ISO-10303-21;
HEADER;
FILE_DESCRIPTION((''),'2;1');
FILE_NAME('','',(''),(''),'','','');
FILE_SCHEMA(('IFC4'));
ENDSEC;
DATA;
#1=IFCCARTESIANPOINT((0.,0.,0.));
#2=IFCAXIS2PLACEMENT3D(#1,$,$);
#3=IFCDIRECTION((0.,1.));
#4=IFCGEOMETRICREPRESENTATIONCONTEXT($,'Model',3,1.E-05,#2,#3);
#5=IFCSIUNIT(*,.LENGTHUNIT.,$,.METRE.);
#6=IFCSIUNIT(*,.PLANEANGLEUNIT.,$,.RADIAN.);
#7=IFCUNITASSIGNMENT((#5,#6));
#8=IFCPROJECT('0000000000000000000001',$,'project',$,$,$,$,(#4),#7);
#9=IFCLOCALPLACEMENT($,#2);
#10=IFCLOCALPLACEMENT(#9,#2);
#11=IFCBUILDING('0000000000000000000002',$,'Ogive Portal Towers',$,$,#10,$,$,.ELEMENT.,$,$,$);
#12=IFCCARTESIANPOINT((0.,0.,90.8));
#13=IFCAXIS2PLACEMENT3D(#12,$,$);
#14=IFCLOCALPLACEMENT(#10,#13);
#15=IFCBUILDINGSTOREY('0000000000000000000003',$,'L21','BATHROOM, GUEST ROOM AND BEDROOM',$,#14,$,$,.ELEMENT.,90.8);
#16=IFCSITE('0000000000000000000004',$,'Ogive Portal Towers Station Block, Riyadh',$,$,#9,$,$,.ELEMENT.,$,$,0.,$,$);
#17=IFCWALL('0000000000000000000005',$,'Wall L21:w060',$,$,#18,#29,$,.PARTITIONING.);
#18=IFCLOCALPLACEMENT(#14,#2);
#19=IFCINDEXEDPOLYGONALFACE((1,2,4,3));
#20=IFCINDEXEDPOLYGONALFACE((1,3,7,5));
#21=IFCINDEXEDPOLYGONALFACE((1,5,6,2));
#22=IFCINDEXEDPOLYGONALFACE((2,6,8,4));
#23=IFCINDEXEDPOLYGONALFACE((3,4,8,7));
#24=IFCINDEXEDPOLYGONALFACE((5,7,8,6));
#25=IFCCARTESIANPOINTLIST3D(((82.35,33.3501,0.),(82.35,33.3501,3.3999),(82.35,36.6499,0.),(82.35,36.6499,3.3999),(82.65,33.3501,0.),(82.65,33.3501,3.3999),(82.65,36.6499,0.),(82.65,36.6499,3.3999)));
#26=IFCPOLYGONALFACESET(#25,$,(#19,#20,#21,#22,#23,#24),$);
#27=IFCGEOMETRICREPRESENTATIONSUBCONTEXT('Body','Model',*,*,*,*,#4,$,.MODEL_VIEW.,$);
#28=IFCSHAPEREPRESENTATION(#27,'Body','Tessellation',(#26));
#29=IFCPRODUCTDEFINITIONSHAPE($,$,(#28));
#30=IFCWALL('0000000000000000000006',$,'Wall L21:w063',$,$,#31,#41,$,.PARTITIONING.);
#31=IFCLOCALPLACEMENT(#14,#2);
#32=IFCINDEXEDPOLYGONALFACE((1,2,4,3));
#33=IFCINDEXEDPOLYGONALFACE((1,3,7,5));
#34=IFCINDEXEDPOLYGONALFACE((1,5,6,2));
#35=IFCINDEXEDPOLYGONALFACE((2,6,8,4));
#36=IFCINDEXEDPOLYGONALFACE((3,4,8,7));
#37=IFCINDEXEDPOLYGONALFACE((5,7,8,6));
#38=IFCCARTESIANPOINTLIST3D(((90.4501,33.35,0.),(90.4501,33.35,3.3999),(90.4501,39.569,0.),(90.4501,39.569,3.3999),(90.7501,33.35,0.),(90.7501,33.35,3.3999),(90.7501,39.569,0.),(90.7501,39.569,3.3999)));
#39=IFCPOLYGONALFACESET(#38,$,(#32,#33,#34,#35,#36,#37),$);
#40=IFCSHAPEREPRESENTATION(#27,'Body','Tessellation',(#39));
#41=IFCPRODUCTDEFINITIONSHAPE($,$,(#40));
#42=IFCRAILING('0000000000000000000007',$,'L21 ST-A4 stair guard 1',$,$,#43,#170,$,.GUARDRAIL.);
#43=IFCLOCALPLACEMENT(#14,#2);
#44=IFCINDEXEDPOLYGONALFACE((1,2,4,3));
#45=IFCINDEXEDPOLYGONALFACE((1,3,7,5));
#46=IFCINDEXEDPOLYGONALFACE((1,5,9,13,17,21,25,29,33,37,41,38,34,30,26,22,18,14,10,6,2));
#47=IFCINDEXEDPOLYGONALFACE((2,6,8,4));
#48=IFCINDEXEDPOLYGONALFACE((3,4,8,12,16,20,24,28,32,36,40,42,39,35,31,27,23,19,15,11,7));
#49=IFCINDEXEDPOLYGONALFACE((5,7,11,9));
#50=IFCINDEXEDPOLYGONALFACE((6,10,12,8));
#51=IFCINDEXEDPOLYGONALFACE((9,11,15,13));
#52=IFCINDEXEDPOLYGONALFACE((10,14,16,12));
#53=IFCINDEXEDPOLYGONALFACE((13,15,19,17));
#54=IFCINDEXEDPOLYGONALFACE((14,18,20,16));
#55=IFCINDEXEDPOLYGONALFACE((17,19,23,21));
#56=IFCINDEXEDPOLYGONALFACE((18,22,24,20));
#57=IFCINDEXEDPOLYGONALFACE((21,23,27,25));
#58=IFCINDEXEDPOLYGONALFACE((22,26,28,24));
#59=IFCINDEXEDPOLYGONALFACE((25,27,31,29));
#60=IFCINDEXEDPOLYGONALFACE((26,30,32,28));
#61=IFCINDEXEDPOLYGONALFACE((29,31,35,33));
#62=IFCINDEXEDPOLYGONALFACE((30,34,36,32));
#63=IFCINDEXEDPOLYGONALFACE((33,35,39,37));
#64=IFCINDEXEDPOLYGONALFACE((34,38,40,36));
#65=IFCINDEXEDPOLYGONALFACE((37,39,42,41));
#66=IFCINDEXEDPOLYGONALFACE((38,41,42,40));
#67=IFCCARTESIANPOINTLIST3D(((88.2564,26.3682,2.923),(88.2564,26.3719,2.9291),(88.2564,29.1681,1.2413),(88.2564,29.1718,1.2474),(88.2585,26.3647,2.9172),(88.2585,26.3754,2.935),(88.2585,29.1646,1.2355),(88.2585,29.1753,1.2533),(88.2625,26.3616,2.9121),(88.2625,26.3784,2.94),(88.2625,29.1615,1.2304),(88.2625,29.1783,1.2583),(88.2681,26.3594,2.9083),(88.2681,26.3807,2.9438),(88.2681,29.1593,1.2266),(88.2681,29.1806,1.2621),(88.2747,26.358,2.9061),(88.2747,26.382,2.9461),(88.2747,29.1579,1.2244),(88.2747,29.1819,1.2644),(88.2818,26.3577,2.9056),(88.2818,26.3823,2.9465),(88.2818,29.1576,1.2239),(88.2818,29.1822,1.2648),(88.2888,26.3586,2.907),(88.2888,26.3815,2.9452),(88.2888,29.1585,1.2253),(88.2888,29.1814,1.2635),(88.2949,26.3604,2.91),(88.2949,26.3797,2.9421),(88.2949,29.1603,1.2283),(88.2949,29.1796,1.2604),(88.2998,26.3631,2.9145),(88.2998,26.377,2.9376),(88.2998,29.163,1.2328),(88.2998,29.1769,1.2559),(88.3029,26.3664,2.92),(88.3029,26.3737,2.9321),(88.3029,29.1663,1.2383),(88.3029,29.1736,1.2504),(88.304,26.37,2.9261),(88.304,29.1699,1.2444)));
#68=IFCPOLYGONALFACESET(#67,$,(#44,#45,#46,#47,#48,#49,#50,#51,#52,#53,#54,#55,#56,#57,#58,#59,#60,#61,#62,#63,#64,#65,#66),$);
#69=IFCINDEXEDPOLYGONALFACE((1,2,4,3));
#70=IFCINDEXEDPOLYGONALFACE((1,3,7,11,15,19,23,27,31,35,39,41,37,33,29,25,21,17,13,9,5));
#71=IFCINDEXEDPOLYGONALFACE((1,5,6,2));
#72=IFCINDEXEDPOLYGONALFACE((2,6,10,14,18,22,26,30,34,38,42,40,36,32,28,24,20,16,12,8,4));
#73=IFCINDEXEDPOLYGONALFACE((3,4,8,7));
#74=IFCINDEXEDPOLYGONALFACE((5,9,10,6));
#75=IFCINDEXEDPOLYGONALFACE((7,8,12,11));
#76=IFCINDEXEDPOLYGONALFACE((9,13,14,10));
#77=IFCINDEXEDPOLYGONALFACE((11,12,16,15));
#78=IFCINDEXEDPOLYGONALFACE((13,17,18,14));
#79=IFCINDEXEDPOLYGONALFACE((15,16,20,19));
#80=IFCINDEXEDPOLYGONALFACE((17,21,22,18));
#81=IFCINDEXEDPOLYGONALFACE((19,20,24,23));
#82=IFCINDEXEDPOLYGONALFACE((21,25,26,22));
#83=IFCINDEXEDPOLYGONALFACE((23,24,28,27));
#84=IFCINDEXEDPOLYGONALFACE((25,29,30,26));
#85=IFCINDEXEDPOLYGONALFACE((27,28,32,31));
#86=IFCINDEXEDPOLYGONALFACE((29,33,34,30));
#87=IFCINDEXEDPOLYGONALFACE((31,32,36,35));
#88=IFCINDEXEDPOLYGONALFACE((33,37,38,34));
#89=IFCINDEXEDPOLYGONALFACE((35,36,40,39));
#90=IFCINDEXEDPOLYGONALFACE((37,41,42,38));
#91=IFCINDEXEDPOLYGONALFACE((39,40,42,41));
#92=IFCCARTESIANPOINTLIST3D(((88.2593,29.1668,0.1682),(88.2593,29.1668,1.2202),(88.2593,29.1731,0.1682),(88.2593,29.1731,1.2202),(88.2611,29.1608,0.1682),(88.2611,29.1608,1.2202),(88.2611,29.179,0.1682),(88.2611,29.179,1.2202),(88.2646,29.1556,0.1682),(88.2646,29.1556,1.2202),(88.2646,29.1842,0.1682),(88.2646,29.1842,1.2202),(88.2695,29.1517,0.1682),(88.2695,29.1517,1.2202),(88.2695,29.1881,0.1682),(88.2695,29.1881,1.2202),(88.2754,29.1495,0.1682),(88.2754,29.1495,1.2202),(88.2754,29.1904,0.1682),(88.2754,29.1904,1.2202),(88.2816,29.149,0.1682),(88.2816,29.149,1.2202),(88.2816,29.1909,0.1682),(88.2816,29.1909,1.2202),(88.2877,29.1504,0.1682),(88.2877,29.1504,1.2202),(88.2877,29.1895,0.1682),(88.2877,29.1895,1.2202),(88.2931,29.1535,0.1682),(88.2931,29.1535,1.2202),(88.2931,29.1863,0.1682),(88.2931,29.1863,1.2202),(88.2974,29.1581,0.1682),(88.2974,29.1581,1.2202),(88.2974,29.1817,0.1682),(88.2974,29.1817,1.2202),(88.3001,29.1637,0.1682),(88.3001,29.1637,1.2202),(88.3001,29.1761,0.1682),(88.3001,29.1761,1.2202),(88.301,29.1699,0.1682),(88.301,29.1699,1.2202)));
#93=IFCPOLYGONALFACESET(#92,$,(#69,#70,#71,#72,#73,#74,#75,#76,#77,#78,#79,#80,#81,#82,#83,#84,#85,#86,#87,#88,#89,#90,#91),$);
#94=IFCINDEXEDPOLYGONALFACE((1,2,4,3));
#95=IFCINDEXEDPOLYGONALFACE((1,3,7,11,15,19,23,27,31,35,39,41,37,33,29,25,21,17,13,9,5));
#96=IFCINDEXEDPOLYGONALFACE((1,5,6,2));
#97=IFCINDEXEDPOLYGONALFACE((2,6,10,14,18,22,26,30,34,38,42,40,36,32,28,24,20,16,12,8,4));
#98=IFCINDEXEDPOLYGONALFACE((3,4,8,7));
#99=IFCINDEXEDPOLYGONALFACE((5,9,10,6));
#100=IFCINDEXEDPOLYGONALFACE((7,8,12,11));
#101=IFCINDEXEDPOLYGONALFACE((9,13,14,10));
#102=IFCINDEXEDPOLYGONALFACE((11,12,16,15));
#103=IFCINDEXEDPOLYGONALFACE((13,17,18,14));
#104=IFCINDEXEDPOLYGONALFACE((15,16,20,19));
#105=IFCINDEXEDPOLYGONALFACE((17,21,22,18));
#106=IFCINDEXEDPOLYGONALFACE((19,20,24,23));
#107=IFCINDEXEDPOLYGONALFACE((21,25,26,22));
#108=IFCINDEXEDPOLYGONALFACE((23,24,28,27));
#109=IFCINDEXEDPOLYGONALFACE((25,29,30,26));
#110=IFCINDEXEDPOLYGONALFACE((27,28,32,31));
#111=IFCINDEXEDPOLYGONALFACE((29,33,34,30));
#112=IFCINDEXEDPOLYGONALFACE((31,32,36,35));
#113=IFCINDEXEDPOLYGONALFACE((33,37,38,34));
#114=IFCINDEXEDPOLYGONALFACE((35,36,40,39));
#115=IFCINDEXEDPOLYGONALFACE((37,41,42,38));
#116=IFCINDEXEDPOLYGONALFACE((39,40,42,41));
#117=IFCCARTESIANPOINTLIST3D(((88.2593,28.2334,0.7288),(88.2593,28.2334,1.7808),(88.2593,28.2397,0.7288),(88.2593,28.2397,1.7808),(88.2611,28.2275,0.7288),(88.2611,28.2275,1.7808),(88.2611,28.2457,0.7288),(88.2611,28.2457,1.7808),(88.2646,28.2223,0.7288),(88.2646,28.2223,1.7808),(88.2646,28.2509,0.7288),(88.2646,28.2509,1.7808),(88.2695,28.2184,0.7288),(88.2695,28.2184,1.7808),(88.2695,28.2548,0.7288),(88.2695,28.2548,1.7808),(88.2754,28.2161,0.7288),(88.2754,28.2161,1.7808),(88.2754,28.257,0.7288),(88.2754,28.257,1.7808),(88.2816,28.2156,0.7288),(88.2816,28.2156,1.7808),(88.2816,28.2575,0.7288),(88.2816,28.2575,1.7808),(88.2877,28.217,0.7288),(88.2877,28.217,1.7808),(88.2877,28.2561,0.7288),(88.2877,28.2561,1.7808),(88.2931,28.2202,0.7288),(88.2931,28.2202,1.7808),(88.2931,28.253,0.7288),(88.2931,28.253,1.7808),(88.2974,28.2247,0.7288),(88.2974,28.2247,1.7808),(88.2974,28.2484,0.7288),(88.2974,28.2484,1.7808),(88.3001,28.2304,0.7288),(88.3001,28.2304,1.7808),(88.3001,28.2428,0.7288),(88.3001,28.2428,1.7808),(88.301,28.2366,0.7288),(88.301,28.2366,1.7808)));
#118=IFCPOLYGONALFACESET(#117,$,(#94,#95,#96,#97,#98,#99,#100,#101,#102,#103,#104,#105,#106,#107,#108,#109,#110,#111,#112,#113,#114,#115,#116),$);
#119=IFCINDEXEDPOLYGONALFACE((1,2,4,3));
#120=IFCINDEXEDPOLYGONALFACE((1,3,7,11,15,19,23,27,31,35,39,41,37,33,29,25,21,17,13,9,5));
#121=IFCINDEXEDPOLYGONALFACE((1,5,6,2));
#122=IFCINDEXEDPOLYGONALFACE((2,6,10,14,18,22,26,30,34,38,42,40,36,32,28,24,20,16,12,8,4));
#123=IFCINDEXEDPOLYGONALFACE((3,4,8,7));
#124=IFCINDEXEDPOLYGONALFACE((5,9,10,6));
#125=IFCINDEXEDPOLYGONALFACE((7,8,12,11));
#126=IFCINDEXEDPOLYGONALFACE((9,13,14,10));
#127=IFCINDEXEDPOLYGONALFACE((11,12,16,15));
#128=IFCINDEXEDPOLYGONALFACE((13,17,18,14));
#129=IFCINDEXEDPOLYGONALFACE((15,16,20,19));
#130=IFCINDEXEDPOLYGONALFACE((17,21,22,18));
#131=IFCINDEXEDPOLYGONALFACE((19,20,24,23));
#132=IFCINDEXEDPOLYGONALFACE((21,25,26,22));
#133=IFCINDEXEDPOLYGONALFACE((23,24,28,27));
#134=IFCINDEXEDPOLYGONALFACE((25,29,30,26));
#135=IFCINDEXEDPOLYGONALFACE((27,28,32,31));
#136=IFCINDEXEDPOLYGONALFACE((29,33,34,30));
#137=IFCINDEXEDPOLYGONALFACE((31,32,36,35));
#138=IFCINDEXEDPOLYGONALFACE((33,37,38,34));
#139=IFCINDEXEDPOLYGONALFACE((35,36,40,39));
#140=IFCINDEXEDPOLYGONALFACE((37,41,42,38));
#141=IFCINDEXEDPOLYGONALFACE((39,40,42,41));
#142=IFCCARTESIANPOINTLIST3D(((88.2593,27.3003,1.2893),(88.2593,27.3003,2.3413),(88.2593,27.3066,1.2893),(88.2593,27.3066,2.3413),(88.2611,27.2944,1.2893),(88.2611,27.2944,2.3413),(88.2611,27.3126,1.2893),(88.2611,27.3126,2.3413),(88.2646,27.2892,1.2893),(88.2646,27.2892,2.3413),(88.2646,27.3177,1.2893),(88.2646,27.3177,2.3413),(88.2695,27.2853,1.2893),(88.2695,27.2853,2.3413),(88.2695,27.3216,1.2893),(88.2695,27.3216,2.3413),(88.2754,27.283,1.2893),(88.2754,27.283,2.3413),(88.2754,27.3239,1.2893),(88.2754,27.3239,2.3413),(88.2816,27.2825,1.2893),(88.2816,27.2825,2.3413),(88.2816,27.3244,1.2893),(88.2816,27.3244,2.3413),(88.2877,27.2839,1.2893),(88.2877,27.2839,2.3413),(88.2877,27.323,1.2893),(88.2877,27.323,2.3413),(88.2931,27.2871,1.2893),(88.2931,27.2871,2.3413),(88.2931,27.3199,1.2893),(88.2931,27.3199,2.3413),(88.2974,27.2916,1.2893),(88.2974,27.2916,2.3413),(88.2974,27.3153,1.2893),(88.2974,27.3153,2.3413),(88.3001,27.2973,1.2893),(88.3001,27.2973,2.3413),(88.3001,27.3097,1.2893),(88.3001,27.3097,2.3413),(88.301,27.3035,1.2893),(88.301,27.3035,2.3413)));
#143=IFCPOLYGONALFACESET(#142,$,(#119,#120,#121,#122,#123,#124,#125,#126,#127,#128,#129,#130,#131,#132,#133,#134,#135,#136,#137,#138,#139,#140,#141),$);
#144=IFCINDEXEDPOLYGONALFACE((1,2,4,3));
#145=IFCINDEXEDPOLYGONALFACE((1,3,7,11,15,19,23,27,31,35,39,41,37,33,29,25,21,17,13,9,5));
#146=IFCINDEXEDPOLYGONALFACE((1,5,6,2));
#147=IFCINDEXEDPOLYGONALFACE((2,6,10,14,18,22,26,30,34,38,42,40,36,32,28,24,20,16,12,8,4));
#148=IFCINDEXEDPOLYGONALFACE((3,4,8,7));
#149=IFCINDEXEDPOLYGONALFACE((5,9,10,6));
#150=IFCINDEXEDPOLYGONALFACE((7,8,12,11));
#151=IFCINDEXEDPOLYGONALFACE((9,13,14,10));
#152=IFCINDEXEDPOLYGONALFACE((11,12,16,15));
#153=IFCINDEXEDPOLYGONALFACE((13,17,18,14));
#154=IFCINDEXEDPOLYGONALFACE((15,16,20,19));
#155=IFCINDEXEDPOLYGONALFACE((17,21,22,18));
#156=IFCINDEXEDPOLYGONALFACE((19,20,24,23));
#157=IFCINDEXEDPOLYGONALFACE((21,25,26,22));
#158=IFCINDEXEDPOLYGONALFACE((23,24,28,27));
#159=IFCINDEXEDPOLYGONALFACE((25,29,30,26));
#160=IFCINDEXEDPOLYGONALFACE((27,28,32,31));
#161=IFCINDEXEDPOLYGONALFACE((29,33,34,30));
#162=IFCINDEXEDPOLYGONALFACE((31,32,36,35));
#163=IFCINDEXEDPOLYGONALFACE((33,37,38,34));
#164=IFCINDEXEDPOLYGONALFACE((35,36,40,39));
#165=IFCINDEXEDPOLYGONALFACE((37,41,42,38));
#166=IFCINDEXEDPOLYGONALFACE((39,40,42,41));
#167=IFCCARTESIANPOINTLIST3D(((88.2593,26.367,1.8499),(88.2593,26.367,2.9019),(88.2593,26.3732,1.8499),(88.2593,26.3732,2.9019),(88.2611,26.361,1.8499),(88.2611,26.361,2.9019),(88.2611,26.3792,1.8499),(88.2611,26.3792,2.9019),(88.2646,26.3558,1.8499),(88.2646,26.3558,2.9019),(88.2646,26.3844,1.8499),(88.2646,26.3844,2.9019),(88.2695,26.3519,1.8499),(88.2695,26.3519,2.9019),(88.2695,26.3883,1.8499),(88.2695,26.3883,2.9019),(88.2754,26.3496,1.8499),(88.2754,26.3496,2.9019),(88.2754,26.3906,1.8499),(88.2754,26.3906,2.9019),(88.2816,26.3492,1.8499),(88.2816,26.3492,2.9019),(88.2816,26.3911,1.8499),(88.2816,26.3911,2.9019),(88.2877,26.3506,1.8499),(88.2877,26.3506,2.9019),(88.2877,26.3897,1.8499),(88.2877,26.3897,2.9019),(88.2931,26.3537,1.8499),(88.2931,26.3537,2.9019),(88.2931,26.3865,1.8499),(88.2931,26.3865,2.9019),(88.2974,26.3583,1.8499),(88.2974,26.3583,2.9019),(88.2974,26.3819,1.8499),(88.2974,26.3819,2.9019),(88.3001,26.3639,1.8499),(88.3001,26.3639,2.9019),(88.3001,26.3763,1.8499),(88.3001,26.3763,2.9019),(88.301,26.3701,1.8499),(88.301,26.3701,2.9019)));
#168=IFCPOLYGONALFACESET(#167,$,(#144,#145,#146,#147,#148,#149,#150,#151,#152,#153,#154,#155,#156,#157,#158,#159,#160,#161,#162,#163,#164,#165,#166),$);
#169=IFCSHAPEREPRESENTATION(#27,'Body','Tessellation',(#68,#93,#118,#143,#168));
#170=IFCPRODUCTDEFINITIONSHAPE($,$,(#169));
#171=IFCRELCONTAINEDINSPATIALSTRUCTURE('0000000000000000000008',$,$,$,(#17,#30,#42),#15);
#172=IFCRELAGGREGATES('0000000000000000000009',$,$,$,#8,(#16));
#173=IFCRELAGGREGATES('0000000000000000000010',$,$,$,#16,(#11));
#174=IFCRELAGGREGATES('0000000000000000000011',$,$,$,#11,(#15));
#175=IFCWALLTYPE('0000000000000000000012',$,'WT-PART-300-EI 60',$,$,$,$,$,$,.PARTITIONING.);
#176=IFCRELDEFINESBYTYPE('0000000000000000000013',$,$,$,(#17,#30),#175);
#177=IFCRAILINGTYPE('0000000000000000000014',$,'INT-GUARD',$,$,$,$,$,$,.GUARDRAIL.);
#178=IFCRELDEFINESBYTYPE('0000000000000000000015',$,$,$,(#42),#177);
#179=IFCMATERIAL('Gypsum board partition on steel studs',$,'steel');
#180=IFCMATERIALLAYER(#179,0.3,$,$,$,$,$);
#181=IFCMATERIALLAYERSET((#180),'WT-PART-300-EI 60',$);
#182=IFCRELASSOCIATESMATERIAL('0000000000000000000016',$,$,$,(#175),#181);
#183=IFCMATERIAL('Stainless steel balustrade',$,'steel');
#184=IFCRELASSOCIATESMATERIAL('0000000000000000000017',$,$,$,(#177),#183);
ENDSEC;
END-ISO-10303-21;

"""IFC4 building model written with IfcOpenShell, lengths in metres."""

from ifc_helpers import new_model, si_unit, direction, frame, frame_2d, origin, origin_2d, place, context, subcontext, project, spatial, rectangle, circle, extrude, material, layer, layer_set, type_object, element, save


model = new_model("IFC4")

# Units and contexts
model_context = context("Model", 3, precision=1e-05, world=origin(), true_north=direction((0.0, 1.0)))
body_context = subcontext(model_context, "Body", "Model", "MODEL_VIEW")
ifc_project = project(units=[si_unit("LENGTHUNIT", "METRE"), si_unit("PLANEANGLEUNIT", "RADIAN")], contexts=[model_context])

# Site, building, storey
site_placement = place(None, origin())
site = spatial("IfcSite", under=ifc_project, at=site_placement, Name="Ogive Portal Towers Station Block, Riyadh", CompositionType="ELEMENT", RefElevation=0.0)
building_placement = place(site_placement, origin())
building = spatial("IfcBuilding", under=site, at=building_placement, Name="Ogive Portal Towers", CompositionType="ELEMENT")
storey_placement = place(building_placement, frame((0.0, 0.0, 90.8)))
storey = spatial("IfcBuildingStorey", under=building, at=storey_placement, Name="L21", Description="BATHROOM, GUEST ROOM AND BEDROOM", CompositionType="ELEMENT", Elevation=90.8)

# Shared definitions
ifc_material_1 = material(Name="Gypsum board partition on steel studs", Category="steel")

# Walls
ifc_layer_1 = layer(ifc_material_1, 0.3)
ifc_layer_set_1 = layer_set([ifc_layer_1], Name="WT-PART-300-EI 60")
wall_type_1 = type_object("IfcWallType", Name="WT-PART-300-EI 60", PredefinedType="PARTITIONING", material=ifc_layer_set_1)
wall_1_placement = place(storey_placement, frame((82.5, 33.3501, 0.0), z_axis=(0.0, 0.0, 1.0), x_axis=(0.0, 1.0, 0.0)))
element("IfcWall", 1, at=wall_1_placement, inside=storey, type_object=wall_type_1, Name="Wall L21:w060", PredefinedType="PARTITIONING", context=body_context, shape_type="SweptSolid", body=[
    extrude(rectangle(XDim=3.2998, YDim=0.3, at=frame_2d((1.6499, 0.0))), origin(), (0.0, 0.0, 1.0), 3.3999),
])
wall_2_placement = place(storey_placement, frame((90.6001, 33.3501, 0.0), z_axis=(0.0, 0.0, 1.0), x_axis=(0.0, 1.0, 0.0)))
element("IfcWall", 2, at=wall_2_placement, inside=storey, type_object=wall_type_1, Name="Wall L21:w063", PredefinedType="PARTITIONING", context=body_context, shape_type="SweptSolid", body=[
    extrude(rectangle(XDim=6.219, YDim=0.3, at=frame_2d((3.1094, 0.0))), origin(), (0.0, 0.0, 1.0), 3.3999),
])

# Railing
ifc_material_2 = material(Name="Stainless steel balustrade", Category="steel")
railing_type_1 = type_object("IfcRailingType", Name="INT-GUARD", PredefinedType="GUARDRAIL", material=ifc_material_2)
railing_1_placement = place(storey_placement, frame((88.28, 29.1699, 0.1682)))
element("IfcRailing", 3, at=railing_1_placement, inside=storey, type_object=railing_type_1, Name="L21 ST-A4 stair guard 1", PredefinedType="GUARDRAIL", context=body_context, shape_type="SweptSolid", body=[
    extrude(circle(Radius=0.0239, at=origin_2d()), frame((0.0, 0.0, 1.0762), z_axis=(0.0, -0.857255, 0.514891), x_axis=(1.0, 0.0, 0.0)), (0.0, 0.0, 1.0), 3.2661),
    extrude(circle(Radius=0.021, at=origin_2d()), origin(), (0.0, 0.0, 1.0), 1.052),
    extrude(circle(Radius=0.021, at=origin_2d()), frame((0.0, -0.9333, 0.5605)), (0.0, 0.0, 1.0), 1.052),
    extrude(circle(Radius=0.021, at=origin_2d()), frame((0.0, -1.8665, 1.1211)), (0.0, 0.0, 1.0), 1.052),
    extrude(circle(Radius=0.021, at=origin_2d()), frame((0.0, -2.7998, 1.6816)), (0.0, 0.0, 1.0), 1.052),
])

save(model, "model.ifc")
